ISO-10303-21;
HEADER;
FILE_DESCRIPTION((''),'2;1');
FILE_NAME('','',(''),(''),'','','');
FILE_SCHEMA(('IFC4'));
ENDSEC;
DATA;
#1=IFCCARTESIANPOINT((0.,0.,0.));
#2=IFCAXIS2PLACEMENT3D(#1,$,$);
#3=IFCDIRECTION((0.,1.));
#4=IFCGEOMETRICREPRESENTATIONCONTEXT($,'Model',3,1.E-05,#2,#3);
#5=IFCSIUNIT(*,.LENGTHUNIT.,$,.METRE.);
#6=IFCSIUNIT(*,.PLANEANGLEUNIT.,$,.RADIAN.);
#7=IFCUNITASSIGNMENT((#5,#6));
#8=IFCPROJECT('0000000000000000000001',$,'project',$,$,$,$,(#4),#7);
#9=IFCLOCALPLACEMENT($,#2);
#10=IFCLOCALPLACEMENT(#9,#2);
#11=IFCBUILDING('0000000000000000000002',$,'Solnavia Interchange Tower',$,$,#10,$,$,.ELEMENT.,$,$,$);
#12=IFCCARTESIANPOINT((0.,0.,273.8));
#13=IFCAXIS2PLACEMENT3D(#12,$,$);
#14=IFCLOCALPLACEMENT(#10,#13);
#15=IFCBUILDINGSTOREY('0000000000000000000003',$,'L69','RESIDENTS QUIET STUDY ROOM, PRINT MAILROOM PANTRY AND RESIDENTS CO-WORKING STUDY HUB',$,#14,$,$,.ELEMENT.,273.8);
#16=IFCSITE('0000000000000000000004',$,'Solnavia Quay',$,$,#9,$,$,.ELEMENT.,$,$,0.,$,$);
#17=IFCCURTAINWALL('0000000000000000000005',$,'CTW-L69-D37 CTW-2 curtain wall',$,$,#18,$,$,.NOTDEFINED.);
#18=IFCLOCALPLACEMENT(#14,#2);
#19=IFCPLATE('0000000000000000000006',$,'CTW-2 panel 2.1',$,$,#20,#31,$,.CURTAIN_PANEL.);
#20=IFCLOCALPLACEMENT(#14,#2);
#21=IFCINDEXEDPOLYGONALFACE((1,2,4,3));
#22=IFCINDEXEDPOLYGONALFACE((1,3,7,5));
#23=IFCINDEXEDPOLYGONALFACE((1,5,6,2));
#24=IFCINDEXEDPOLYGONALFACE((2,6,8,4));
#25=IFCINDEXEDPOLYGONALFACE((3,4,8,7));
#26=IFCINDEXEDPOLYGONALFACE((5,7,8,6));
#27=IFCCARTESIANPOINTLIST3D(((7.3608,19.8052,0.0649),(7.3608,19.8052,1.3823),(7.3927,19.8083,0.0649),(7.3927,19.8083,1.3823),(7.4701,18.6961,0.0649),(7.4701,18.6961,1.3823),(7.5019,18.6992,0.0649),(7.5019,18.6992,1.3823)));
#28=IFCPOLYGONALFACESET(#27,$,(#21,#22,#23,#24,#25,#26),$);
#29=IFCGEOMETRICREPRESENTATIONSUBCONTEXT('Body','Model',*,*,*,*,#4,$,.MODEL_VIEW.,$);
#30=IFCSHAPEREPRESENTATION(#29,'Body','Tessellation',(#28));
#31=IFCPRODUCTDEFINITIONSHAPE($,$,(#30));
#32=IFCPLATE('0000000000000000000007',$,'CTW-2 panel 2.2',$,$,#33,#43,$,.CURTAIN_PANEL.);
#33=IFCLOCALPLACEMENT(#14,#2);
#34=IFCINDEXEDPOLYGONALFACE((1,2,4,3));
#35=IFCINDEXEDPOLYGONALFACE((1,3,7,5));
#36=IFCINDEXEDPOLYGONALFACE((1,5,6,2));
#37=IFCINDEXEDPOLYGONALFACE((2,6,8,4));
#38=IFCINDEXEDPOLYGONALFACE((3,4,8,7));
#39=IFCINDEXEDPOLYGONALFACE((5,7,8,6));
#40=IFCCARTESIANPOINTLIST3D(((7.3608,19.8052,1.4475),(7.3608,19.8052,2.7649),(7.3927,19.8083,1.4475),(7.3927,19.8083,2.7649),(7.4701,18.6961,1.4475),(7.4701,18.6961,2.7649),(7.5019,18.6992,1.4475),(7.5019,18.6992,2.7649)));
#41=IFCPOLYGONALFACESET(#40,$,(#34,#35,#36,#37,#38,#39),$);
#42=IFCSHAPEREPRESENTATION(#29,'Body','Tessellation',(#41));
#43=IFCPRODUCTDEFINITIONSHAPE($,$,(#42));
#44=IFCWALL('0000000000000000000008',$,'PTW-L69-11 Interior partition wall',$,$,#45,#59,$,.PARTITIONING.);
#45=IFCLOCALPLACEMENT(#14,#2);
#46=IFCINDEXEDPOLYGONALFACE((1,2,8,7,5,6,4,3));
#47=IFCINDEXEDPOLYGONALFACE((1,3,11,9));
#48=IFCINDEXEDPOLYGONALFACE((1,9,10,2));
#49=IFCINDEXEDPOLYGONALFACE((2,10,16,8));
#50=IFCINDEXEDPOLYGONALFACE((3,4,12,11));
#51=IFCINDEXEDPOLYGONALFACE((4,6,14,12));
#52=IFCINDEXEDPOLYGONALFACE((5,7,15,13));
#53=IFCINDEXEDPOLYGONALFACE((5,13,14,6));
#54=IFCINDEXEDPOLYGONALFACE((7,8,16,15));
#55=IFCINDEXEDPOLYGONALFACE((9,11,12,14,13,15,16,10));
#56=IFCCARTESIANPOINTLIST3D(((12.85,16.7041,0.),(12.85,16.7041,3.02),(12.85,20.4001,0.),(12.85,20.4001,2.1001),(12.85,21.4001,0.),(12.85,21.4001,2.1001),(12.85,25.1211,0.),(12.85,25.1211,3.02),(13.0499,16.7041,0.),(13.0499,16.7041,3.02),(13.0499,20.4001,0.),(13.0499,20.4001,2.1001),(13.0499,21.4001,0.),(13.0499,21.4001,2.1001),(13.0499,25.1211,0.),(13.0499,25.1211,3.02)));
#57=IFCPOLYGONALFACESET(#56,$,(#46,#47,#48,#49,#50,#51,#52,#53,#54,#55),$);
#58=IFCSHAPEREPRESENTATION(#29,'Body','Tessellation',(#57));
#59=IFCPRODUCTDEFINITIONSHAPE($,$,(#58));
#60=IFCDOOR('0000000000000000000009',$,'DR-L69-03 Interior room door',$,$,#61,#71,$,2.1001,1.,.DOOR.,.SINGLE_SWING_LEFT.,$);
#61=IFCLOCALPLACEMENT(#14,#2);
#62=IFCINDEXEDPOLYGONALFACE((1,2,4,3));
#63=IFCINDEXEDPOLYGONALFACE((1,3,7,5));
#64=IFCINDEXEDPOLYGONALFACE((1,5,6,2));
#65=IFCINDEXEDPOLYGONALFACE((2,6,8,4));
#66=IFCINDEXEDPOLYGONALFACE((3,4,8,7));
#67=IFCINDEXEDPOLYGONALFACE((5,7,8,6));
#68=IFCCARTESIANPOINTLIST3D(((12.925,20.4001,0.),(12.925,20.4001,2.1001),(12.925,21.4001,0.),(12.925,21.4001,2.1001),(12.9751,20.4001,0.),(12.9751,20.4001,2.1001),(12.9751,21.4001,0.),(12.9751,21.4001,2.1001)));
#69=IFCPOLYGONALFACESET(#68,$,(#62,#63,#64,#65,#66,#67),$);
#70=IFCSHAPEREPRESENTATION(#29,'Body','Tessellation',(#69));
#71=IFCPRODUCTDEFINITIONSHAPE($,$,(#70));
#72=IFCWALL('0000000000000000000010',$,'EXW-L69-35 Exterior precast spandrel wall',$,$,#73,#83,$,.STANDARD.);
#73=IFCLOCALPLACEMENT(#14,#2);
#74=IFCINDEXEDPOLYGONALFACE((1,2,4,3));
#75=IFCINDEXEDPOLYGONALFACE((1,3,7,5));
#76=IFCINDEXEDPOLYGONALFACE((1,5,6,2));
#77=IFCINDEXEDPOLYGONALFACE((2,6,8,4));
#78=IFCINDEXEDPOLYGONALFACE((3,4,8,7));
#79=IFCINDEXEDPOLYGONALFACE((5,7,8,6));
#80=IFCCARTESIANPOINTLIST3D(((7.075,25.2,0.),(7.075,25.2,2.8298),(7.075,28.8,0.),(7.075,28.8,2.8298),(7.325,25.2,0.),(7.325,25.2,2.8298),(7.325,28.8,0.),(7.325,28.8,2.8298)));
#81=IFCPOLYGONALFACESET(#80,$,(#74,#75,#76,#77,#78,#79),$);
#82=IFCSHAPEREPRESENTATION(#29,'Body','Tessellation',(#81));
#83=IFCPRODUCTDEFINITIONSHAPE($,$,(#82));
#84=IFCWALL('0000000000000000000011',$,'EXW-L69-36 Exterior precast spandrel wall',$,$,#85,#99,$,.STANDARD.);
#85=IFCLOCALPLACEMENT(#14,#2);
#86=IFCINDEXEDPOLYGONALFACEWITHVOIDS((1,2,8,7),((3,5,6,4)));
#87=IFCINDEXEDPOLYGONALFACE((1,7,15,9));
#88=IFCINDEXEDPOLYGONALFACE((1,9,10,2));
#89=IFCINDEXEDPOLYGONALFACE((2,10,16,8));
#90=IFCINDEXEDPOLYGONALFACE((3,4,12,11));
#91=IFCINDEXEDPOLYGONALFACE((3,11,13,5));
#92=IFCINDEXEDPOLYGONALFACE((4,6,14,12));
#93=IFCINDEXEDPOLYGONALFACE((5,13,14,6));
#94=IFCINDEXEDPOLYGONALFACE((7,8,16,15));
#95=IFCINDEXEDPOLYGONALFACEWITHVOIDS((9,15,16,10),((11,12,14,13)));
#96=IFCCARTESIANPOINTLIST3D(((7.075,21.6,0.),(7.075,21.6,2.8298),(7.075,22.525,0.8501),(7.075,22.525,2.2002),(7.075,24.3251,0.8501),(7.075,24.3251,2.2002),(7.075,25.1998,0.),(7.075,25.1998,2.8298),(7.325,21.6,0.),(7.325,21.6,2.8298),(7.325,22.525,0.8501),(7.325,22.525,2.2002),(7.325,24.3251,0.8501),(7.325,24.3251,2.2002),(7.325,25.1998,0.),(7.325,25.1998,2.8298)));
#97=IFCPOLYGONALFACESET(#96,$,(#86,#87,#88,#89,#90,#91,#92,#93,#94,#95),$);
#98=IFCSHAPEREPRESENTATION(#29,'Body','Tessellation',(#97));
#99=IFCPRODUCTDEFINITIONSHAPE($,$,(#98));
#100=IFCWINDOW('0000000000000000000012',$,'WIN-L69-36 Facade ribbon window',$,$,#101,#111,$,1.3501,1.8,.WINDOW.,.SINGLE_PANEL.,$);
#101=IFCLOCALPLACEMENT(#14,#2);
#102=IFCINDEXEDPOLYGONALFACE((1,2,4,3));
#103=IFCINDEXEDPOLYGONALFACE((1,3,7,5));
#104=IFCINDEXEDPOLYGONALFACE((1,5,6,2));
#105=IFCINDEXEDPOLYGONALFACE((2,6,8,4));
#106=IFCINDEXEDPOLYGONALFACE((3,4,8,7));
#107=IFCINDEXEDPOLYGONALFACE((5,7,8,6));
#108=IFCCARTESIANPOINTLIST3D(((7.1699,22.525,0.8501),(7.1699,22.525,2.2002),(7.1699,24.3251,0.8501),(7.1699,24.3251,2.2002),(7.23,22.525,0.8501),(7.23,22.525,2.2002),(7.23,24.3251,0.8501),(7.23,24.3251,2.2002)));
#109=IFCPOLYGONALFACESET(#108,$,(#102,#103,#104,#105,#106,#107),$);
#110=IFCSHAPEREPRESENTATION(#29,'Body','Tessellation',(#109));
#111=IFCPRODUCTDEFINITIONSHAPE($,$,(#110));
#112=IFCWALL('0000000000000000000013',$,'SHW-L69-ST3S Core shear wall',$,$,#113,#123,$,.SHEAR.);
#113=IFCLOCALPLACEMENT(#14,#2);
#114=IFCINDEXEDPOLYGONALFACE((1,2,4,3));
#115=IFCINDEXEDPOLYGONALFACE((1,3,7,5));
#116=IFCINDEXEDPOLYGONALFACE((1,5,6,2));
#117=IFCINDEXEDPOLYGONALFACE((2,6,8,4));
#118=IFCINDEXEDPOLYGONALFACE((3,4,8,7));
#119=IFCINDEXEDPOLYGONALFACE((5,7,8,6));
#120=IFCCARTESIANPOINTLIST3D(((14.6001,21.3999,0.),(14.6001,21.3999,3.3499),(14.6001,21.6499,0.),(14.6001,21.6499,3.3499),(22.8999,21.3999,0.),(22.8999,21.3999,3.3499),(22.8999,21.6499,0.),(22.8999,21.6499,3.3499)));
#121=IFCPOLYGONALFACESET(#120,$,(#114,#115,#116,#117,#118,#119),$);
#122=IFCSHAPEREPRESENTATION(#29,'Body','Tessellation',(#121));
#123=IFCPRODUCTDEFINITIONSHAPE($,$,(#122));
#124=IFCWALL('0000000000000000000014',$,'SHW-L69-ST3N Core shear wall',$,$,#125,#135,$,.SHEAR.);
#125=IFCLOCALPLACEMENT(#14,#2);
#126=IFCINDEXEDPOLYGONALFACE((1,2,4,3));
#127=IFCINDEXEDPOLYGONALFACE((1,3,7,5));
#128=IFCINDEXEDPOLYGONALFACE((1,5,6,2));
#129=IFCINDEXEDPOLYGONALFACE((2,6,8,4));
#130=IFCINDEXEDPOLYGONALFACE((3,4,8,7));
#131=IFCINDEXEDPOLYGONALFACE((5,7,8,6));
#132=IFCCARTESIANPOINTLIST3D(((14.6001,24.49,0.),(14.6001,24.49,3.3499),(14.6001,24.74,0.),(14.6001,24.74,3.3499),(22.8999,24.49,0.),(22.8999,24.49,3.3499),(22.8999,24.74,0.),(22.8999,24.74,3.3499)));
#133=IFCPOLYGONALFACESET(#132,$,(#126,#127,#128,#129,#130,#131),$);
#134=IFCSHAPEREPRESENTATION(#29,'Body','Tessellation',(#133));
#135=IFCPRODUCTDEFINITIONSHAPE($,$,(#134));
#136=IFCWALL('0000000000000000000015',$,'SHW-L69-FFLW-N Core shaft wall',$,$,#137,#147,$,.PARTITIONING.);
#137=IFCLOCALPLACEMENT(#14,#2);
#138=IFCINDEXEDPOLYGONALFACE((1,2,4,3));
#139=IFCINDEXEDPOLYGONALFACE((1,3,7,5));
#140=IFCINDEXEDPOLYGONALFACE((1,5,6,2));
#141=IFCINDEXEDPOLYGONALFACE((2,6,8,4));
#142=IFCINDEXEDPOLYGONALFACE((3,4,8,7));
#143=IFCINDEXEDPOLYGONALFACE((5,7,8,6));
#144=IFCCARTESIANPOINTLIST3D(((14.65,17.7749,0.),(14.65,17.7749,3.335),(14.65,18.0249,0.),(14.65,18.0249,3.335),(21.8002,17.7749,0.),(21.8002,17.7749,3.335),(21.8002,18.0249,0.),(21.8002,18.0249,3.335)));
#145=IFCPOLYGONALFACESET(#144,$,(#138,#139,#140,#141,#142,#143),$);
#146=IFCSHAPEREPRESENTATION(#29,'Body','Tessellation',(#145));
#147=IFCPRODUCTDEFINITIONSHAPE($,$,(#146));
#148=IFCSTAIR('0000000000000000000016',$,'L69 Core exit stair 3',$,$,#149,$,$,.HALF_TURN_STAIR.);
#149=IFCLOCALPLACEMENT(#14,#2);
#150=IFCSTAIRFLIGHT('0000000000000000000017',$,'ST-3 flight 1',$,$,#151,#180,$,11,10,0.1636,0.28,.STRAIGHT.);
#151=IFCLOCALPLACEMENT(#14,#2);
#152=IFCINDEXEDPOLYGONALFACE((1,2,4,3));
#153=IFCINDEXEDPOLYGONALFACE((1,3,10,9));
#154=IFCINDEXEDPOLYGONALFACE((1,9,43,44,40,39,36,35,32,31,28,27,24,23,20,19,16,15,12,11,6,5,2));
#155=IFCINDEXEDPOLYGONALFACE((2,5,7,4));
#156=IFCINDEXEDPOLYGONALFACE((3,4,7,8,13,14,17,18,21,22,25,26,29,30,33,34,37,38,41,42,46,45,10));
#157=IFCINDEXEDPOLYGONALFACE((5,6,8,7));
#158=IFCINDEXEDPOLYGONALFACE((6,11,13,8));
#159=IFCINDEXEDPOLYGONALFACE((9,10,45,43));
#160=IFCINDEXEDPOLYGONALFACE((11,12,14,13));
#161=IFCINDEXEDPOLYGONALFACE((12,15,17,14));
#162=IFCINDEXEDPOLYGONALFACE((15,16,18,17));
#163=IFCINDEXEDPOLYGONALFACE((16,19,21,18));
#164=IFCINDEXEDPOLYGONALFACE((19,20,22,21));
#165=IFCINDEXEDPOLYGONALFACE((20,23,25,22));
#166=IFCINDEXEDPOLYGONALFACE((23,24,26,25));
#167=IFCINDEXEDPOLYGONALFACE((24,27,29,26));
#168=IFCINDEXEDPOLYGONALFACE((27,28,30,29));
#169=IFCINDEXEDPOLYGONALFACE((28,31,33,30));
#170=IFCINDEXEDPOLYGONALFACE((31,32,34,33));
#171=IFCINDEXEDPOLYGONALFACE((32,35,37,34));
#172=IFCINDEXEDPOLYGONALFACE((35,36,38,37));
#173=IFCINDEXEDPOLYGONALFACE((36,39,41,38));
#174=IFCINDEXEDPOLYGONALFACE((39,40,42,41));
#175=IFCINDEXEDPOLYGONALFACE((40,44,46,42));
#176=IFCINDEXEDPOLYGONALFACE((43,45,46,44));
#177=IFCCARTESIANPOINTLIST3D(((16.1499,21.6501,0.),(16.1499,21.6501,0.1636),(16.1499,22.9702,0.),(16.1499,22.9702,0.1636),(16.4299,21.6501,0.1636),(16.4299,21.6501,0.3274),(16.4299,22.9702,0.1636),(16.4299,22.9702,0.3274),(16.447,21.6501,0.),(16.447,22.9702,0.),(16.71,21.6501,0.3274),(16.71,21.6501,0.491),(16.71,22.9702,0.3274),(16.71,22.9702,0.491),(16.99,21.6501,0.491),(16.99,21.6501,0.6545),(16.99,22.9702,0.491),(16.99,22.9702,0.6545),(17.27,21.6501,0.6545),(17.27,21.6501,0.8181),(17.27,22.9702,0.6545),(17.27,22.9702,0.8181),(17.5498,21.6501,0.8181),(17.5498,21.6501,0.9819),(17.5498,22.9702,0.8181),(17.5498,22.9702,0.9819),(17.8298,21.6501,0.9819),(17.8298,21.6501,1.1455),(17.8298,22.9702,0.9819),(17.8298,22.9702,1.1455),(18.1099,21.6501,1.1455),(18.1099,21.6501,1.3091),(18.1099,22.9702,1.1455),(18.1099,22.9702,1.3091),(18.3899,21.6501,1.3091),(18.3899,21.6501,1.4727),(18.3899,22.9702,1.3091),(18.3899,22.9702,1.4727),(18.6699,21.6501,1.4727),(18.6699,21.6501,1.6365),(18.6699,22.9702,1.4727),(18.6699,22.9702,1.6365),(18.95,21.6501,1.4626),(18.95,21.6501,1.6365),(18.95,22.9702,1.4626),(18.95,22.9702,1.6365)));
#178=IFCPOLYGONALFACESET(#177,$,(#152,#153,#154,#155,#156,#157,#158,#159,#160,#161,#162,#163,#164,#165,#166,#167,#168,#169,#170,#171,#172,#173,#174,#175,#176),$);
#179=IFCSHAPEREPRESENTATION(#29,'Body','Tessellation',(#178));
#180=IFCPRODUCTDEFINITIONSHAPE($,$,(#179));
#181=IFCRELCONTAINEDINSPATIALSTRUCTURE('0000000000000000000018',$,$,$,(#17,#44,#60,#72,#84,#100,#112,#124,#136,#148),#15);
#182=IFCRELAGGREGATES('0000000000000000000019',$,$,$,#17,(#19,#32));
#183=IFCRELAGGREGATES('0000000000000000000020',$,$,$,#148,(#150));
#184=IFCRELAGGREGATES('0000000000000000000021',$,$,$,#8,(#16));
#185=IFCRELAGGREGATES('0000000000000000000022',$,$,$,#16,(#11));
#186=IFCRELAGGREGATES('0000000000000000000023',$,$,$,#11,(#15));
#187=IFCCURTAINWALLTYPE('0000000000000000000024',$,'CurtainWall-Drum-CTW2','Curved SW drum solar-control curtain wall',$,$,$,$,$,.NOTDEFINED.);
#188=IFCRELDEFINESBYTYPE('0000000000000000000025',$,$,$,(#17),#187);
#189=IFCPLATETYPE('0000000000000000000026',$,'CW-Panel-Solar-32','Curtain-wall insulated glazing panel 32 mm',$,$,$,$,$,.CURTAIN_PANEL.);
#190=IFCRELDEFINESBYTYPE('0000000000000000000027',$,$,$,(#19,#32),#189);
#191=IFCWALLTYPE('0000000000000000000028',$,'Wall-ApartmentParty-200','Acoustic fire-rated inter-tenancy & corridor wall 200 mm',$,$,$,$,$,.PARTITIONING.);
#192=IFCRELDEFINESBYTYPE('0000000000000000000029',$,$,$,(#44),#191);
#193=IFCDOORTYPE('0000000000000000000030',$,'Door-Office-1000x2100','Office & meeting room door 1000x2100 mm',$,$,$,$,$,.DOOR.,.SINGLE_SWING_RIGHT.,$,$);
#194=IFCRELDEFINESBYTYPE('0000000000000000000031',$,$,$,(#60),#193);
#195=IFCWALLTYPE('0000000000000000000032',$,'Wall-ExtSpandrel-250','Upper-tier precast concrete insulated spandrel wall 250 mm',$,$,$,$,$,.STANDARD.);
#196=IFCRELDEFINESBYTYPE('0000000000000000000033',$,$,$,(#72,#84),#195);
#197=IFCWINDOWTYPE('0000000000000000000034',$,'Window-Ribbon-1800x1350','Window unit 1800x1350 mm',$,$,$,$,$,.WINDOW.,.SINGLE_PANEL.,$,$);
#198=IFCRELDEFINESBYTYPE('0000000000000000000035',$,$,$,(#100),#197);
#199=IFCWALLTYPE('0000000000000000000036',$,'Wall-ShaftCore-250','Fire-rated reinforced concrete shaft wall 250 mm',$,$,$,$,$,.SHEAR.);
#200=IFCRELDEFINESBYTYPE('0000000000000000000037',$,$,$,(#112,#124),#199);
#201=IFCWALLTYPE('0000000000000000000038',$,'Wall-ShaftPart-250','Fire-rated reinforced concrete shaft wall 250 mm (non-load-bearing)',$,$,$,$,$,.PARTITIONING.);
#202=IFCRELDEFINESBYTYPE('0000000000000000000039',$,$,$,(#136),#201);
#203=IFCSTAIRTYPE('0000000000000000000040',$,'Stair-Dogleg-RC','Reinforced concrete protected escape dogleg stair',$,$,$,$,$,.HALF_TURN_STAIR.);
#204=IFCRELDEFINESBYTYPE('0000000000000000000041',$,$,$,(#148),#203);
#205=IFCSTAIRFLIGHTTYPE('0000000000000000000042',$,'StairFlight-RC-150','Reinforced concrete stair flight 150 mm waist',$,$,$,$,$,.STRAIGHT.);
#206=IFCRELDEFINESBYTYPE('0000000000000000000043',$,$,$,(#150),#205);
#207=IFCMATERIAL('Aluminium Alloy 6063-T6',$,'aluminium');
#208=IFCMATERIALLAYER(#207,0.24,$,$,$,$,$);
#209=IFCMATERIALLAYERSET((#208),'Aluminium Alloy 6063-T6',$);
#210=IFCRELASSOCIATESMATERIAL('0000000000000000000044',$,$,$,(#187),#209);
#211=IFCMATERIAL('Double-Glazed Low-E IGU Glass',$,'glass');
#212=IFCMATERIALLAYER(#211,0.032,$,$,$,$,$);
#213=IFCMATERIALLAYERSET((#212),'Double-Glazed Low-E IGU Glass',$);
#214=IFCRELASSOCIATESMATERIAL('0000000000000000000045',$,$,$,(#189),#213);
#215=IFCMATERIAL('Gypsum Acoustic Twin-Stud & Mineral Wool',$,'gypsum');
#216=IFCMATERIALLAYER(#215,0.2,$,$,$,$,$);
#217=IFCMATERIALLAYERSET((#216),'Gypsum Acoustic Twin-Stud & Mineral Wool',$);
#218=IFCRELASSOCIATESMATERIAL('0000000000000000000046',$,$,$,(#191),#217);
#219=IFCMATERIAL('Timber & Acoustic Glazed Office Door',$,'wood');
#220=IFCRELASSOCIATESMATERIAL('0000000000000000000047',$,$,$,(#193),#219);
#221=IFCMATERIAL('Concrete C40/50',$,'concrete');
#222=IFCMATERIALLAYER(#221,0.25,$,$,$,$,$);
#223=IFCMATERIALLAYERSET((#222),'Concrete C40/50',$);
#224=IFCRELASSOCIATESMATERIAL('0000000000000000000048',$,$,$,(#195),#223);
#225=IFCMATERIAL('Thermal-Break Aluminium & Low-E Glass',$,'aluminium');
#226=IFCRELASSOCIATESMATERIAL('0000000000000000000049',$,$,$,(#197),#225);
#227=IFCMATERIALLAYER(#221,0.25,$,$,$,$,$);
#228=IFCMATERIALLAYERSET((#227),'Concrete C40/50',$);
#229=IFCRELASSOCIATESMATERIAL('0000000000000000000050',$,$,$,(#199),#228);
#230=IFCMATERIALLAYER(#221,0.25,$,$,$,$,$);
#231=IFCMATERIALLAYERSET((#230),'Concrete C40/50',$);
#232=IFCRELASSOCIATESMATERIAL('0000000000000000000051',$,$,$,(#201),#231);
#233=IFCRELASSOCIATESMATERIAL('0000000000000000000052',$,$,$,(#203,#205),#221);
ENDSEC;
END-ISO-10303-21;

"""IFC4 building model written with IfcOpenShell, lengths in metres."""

from ifc_helpers import new_model, si_unit, direction, frame, frame_2d, origin, origin_2d, place, context, subcontext, project, spatial, polyline, rectangle, outline, extrude, material, layer, layer_set, type_object, element, fill, aggregate, save


model = new_model("IFC4")

# Units and contexts
model_context = context("Model", 3, precision=1e-05, world=origin(), true_north=direction((0.0, 1.0)))
body_context = subcontext(model_context, "Body", "Model", "MODEL_VIEW")
ifc_project = project(units=[si_unit("LENGTHUNIT", "METRE"), si_unit("PLANEANGLEUNIT", "RADIAN")], contexts=[model_context])

# Site, building, storey
site_placement = place(None, origin())
site = spatial("IfcSite", under=ifc_project, at=site_placement, Name="Solnavia Quay", CompositionType="ELEMENT", RefElevation=0.0)
building_placement = place(site_placement, origin())
building = spatial("IfcBuilding", under=site, at=building_placement, Name="Solnavia Interchange Tower", CompositionType="ELEMENT")
storey_placement = place(building_placement, frame((0.0, 0.0, 273.8)))
storey = spatial("IfcBuildingStorey", under=building, at=storey_placement, Name="L69", Description="RESIDENTS QUIET STUDY ROOM, PRINT MAILROOM PANTRY AND RESIDENTS CO-WORKING STUDY HUB", CompositionType="ELEMENT", Elevation=273.8)

# Curtain wall, plates
ifc_material_1 = material(Name="Aluminium Alloy 6063-T6", Category="aluminium")
ifc_layer_1 = layer(ifc_material_1, 0.24)
ifc_layer_set_1 = layer_set([ifc_layer_1], Name="Aluminium Alloy 6063-T6")
curtain_wall_type = type_object("IfcCurtainWallType", Name="CurtainWall-Drum-CTW2", Description="Curved SW drum solar-control curtain wall", PredefinedType="NOTDEFINED", material=ifc_layer_set_1)
curtain_wall_placement = place(storey_placement, origin())
curtain_wall = element("IfcCurtainWall", 1, at=curtain_wall_placement, inside=storey, type_object=curtain_wall_type, Name="CTW-L69-D37 CTW-2 curtain wall", PredefinedType="NOTDEFINED")
ifc_material_2 = material(Name="Double-Glazed Low-E IGU Glass", Category="glass")
ifc_layer_2 = layer(ifc_material_2, 0.032)
ifc_layer_set_2 = layer_set([ifc_layer_2], Name="Double-Glazed Low-E IGU Glass")
plate_type = type_object("IfcPlateType", Name="CW-Panel-Solar-32", Description="Curtain-wall insulated glazing panel 32 mm", PredefinedType="CURTAIN_PANEL", material=ifc_layer_set_2)
plate_1_placement = place(storey_placement, frame((7.4314, 19.2522, 0.0649), z_axis=(0.0, 0.0, 1.0), x_axis=(0.098043, -0.995182, 0.0)))
plate_1 = element("IfcPlate", 2, at=plate_1_placement, type_object=plate_type, Name="CTW-2 panel 2.1", PredefinedType="CURTAIN_PANEL", context=body_context, shape_type="SweptSolid", body=[
    extrude(rectangle(XDim=1.1145, YDim=0.032, at=origin_2d()), origin(), (0.0, 0.0, 1.0), 1.3174),
])
plate_2_placement = place(storey_placement, frame((7.4314, 19.2522, 1.4475), z_axis=(0.0, 0.0, 1.0), x_axis=(0.098043, -0.995182, 0.0)))
plate_2 = element("IfcPlate", 3, at=plate_2_placement, type_object=plate_type, Name="CTW-2 panel 2.2", PredefinedType="CURTAIN_PANEL", context=body_context, shape_type="SweptSolid", body=[
    extrude(rectangle(XDim=1.1145, YDim=0.032, at=origin_2d()), origin(), (0.0, 0.0, 1.0), 1.3174),
])
aggregate(curtain_wall, [plate_1, plate_2])

# Wall, opening, door
ifc_material_3 = material(Name="Gypsum Acoustic Twin-Stud & Mineral Wool", Category="gypsum")
ifc_layer_3 = layer(ifc_material_3, 0.2)
ifc_layer_set_3 = layer_set([ifc_layer_3], Name="Gypsum Acoustic Twin-Stud & Mineral Wool")
wall_type_1 = type_object("IfcWallType", Name="Wall-ApartmentParty-200", Description="Acoustic fire-rated inter-tenancy & corridor wall 200 mm", PredefinedType="PARTITIONING", material=ifc_layer_set_3)
wall_1_placement = place(storey_placement, frame((12.95, 16.7041, 0.0), z_axis=(0.0, 0.0, 1.0), x_axis=(0.0, 1.0, 0.0)))
wall_1 = element("IfcWall", 4, at=wall_1_placement, inside=storey, type_object=wall_type_1, Name="PTW-L69-11 Interior partition wall", PredefinedType="PARTITIONING", context=body_context, shape_type="SweptSolid", body=[
    extrude(rectangle(XDim=8.417, YDim=0.2, at=frame_2d((4.2085, 0.0))), origin(), (0.0, 0.0, 1.0), 3.02),
])
opening_1_placement = place(wall_1_placement, frame((3.696, 0.0, 0.0)))
opening_1 = element("IfcOpeningElement", 5, at=opening_1_placement, cuts=wall_1, PredefinedType="OPENING", context=body_context, shape_type="SweptSolid", body=[
    extrude(rectangle(XDim=1.0, YDim=2.1001, at=frame_2d((0.5, 1.05))), frame((0.0, 0.1099, 0.0), z_axis=(0.0, -1.0, 0.0), x_axis=(1.0, 0.0, 0.0)), (0.0, 0.0, 1.0), 0.22),
])
ifc_material_4 = material(Name="Timber & Acoustic Glazed Office Door", Category="wood")
door_type = type_object("IfcDoorType", Name="Door-Office-1000x2100", Description="Office & meeting room door 1000x2100 mm", OperationType="SINGLE_SWING_RIGHT", PredefinedType="DOOR", material=ifc_material_4)
door_placement = place(opening_1_placement, origin())
door = element("IfcDoor", 6, at=door_placement, inside=storey, type_object=door_type, Name="DR-L69-03 Interior room door", OperationType="SINGLE_SWING_LEFT", OverallHeight=2.1001, OverallWidth=1.0, PredefinedType="DOOR", context=body_context, shape_type="SweptSolid", body=[
    extrude(rectangle(XDim=1.0, YDim=2.1001, at=frame_2d((0.5, 1.05))), frame((0.0, 0.0249, 0.0), z_axis=(0.0, -1.0, 0.0), x_axis=(1.0, 0.0, 0.0)), (0.0, 0.0, 1.0), 0.05),
])
fill(opening_1, door)

# Wall
ifc_material_5 = material(Name="Concrete C40/50", Category="concrete")
ifc_layer_4 = layer(ifc_material_5, 0.25)
ifc_layer_set_4 = layer_set([ifc_layer_4], Name="Concrete C40/50")
wall_type_2 = type_object("IfcWallType", Name="Wall-ExtSpandrel-250", Description="Upper-tier precast concrete insulated spandrel wall 250 mm", PredefinedType="STANDARD", material=ifc_layer_set_4)
wall_2_placement = place(storey_placement, frame((7.2, 25.2, 0.0), z_axis=(0.0, 0.0, 1.0), x_axis=(0.0, 1.0, 0.0)))
element("IfcWall", 7, at=wall_2_placement, inside=storey, type_object=wall_type_2, Name="EXW-L69-35 Exterior precast spandrel wall", PredefinedType="STANDARD", context=body_context, shape_type="SweptSolid", body=[
    extrude(rectangle(XDim=3.6001, YDim=0.25, at=frame_2d((1.8, 0.0))), origin(), (0.0, 0.0, 1.0), 2.8298),
])

# Wall, opening, window
wall_3_placement = place(storey_placement, frame((7.2, 21.6001, 0.0), z_axis=(0.0, 0.0, 1.0), x_axis=(0.0, 1.0, 0.0)))
wall_3 = element("IfcWall", 8, at=wall_3_placement, inside=storey, type_object=wall_type_2, Name="EXW-L69-36 Exterior precast spandrel wall", PredefinedType="STANDARD", context=body_context, shape_type="SweptSolid", body=[
    extrude(rectangle(XDim=3.5999, YDim=0.25, at=frame_2d((1.7998, 0.0))), origin(), (0.0, 0.0, 1.0), 2.8298),
])
opening_2_placement = place(wall_3_placement, frame((0.925, 0.0, 0.8501)))
opening_2 = element("IfcOpeningElement", 9, at=opening_2_placement, cuts=wall_3, PredefinedType="OPENING", context=body_context, shape_type="SweptSolid", body=[
    extrude(rectangle(XDim=1.8, YDim=1.3501, at=frame_2d((0.8999, 0.675))), frame((0.0, 0.135, 0.0), z_axis=(0.0, -1.0, 0.0), x_axis=(1.0, 0.0, 0.0)), (0.0, 0.0, 1.0), 0.27),
])
ifc_material_6 = material(Name="Thermal-Break Aluminium & Low-E Glass", Category="aluminium")
window_type = type_object("IfcWindowType", Name="Window-Ribbon-1800x1350", Description="Window unit 1800x1350 mm", PartitioningType="SINGLE_PANEL", PredefinedType="WINDOW", material=ifc_material_6)
window_placement = place(opening_2_placement, origin())
window = element("IfcWindow", 10, at=window_placement, inside=storey, type_object=window_type, Name="WIN-L69-36 Facade ribbon window", OverallHeight=1.3501, OverallWidth=1.8, PartitioningType="SINGLE_PANEL", PredefinedType="WINDOW", context=body_context, shape_type="SweptSolid", body=[
    extrude(rectangle(XDim=1.8, YDim=1.3501, at=frame_2d((0.8999, 0.675))), frame((0.0, 0.03, 0.0), z_axis=(0.0, -1.0, 0.0), x_axis=(1.0, 0.0, 0.0)), (0.0, 0.0, 1.0), 0.0601),
])
fill(opening_2, window)

# Walls
ifc_layer_5 = layer(ifc_material_5, 0.25)
ifc_layer_set_5 = layer_set([ifc_layer_5], Name="Concrete C40/50")
wall_type_3 = type_object("IfcWallType", Name="Wall-ShaftCore-250", Description="Fire-rated reinforced concrete shaft wall 250 mm", PredefinedType="SHEAR", material=ifc_layer_set_5)
for number, where, z_axis, x_axis, name in (
    (11, (14.6001, 21.5249, 0.0), (0.0, 0.0, 1.0), (1.0, 0.0, 0.0), "SHW-L69-ST3S Core shear wall"),
    (12, (14.6001, 24.615, 0.0), (0.0, 0.0, 1.0), (1.0, 0.0, 0.0), "SHW-L69-ST3N Core shear wall"),
):
    element("IfcWall", number, at=place(storey_placement, frame(where, z_axis=z_axis, x_axis=x_axis)), inside=storey, type_object=wall_type_3, Name=name, PredefinedType="SHEAR", context=body_context, shape_type="SweptSolid", body=[
        extrude(rectangle(XDim=8.2998, YDim=0.25, at=frame_2d((4.1499, 0.0))), origin(), (0.0, 0.0, 1.0), 3.3499),
    ])
ifc_layer_6 = layer(ifc_material_5, 0.25)
ifc_layer_set_6 = layer_set([ifc_layer_6], Name="Concrete C40/50")
wall_type_4 = type_object("IfcWallType", Name="Wall-ShaftPart-250", Description="Fire-rated reinforced concrete shaft wall 250 mm (non-load-bearing)", PredefinedType="PARTITIONING", material=ifc_layer_set_6)
wall_4_placement = place(storey_placement, frame((14.6499, 17.8999, 0.0), z_axis=(0.0, 0.0, 1.0), x_axis=(1.0, 0.0, 0.0)))
element("IfcWall", 13, at=wall_4_placement, inside=storey, type_object=wall_type_4, Name="SHW-L69-FFLW-N Core shaft wall", PredefinedType="PARTITIONING", context=body_context, shape_type="SweptSolid", body=[
    extrude(rectangle(XDim=7.1501, YDim=0.25, at=frame_2d((3.5752, 0.0))), origin(), (0.0, 0.0, 1.0), 3.335),
])

# Stair, stair flight
stair_type = type_object("IfcStairType", Name="Stair-Dogleg-RC", Description="Reinforced concrete protected escape dogleg stair", PredefinedType="HALF_TURN_STAIR", material=ifc_material_5)
stair_placement = place(storey_placement, origin())
stair = element("IfcStair", 14, at=stair_placement, inside=storey, type_object=stair_type, Name="L69 Core exit stair 3", PredefinedType="HALF_TURN_STAIR")
stair_flight_type = type_object("IfcStairFlightType", Name="StairFlight-RC-150", Description="Reinforced concrete stair flight 150 mm waist", PredefinedType="STRAIGHT", material=ifc_material_5)
stair_flight_1_placement = place(storey_placement, frame((16.1499, 22.3101, 0.0), z_axis=(0.0, 0.0, 1.0), x_axis=(1.0, 0.0, 0.0)))
stair_flight_1 = element("IfcStairFlight", 15, at=stair_flight_1_placement, type_object=stair_flight_type, Name="ST-3 flight 1", NumberOfRisers=11, NumberOfTreads=10, PredefinedType="STRAIGHT", RiserHeight=0.1636, TreadLength=0.28, context=body_context, shape_type="SweptSolid", body=[
    extrude(outline(polyline([(0.0, 0.0), (0.0, 0.1636), (0.28, 0.1636), (0.28, 0.3274), (0.5601, 0.3274), (0.5601, 0.491), (0.8401, 0.491), (0.8401, 0.6545), (1.1201, 0.6545), (1.1201, 0.8181), (1.3999, 0.8181), (1.3999, 0.9819), (1.6799, 0.9819), (1.6799, 1.1455), (1.96, 1.1455), (1.96, 1.3091), (2.24, 1.3091), (2.24, 1.4727), (2.52, 1.4727), (2.52, 1.6365), (2.8, 1.6365), (2.8, 1.8), (2.8, 1.4626), (0.2971, 0.0), (0.0, 0.0)])), frame((0.0, 0.6602, 0.0), z_axis=(0.0, -1.0, 0.0), x_axis=(1.0, 0.0, 0.0)), (0.0, 0.0, 1.0), 1.3201),
])
aggregate(stair, [stair_flight_1])

save(model, "model.ifc")
